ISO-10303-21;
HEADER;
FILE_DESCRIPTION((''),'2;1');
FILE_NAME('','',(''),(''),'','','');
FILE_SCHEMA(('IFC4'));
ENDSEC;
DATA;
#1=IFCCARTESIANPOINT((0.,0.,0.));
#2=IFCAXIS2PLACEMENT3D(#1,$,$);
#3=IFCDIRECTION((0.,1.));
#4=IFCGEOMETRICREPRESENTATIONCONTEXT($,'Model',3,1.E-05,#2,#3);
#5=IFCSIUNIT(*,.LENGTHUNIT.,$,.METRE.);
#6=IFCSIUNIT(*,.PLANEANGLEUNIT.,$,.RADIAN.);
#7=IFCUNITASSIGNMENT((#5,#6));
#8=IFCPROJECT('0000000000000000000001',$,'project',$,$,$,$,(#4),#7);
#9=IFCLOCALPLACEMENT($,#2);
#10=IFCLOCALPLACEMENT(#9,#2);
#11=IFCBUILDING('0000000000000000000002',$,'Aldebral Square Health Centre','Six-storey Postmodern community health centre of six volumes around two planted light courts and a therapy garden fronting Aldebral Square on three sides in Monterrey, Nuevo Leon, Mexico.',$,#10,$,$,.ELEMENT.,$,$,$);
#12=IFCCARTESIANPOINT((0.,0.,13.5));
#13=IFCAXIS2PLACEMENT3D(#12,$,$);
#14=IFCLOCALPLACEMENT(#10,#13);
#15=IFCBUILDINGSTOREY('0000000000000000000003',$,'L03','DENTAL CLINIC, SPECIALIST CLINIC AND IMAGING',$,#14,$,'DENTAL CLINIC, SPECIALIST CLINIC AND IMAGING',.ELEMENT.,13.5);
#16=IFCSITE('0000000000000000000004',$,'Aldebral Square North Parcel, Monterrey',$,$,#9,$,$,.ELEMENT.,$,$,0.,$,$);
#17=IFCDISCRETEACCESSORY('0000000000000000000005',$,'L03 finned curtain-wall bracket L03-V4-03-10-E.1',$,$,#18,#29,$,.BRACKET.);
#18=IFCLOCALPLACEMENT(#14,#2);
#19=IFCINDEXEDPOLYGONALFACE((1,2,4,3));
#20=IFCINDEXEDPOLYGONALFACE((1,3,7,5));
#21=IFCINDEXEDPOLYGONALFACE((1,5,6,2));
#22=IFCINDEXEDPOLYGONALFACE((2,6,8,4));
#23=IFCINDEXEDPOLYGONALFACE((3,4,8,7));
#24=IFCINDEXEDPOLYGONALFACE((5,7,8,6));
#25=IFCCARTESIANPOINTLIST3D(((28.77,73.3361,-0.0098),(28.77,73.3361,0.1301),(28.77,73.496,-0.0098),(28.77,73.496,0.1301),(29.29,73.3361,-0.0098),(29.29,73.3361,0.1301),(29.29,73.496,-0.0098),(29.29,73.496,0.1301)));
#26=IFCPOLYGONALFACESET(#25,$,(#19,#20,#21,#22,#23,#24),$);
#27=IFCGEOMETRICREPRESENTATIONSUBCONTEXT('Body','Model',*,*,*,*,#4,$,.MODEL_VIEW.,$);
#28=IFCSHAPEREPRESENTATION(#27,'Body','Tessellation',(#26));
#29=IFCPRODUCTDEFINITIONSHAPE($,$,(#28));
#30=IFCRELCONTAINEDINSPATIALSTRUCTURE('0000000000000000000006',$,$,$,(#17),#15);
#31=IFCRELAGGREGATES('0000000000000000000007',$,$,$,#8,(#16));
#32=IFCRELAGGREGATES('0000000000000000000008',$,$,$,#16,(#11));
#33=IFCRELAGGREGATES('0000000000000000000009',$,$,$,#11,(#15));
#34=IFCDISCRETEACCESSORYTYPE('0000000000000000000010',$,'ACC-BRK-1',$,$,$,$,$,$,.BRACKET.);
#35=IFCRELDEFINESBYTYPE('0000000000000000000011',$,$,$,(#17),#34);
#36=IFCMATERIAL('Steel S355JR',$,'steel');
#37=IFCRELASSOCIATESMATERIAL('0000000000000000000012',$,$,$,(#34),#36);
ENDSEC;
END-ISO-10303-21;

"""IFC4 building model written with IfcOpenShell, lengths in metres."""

from ifc_helpers import new_model, si_unit, direction, frame, origin, origin_2d, place, context, subcontext, project, spatial, rectangle, extrude, material, type_object, element, save


model = new_model("IFC4")

# Units and contexts
model_context = context("Model", 3, precision=1e-05, world=origin(), true_north=direction((0.0, 1.0)))
body_context = subcontext(model_context, "Body", "Model", "MODEL_VIEW")
ifc_project = project(units=[si_unit("LENGTHUNIT", "METRE"), si_unit("PLANEANGLEUNIT", "RADIAN")], contexts=[model_context])

# Site, building, storey
site_placement = place(None, origin())
site = spatial("IfcSite", under=ifc_project, at=site_placement, Name="Aldebral Square North Parcel, Monterrey", CompositionType="ELEMENT", RefElevation=0.0)
building_placement = place(site_placement, origin())
building = spatial("IfcBuilding", under=site, at=building_placement, Name="Aldebral Square Health Centre", Description="Six-storey Postmodern community health centre of six volumes around two planted light courts and a therapy garden fronting Aldebral Square on three sides in Monterrey, Nuevo Leon, Mexico.", CompositionType="ELEMENT")
storey_placement = place(building_placement, frame((0.0, 0.0, 13.5)))
storey = spatial("IfcBuildingStorey", under=building, at=storey_placement, Name="L03", Description="DENTAL CLINIC, SPECIALIST CLINIC AND IMAGING", LongName="DENTAL CLINIC, SPECIALIST CLINIC AND IMAGING", CompositionType="ELEMENT", Elevation=13.5)

# Discrete accessory
ifc_material_1 = material(Name="Steel S355JR", Category="steel")
discrete_accessory_type = type_object("IfcDiscreteAccessoryType", Name="ACC-BRK-1", PredefinedType="BRACKET", material=ifc_material_1)
discrete_accessory_placement = place(storey_placement, frame((29.03, 73.416, -0.0098), z_axis=(0.0, 0.0, 1.0), x_axis=(0.0, 1.0, 0.0)))
element("IfcDiscreteAccessory", 1, at=discrete_accessory_placement, inside=storey, type_object=discrete_accessory_type, Name="L03 finned curtain-wall bracket L03-V4-03-10-E.1", PredefinedType="BRACKET", context=body_context, shape_type="SweptSolid", body=[
    extrude(rectangle(XDim=0.1599, YDim=0.52, at=origin_2d()), origin(), (0.0, 0.0, 1.0), 0.1399),
])

save(model, "model.ifc")
